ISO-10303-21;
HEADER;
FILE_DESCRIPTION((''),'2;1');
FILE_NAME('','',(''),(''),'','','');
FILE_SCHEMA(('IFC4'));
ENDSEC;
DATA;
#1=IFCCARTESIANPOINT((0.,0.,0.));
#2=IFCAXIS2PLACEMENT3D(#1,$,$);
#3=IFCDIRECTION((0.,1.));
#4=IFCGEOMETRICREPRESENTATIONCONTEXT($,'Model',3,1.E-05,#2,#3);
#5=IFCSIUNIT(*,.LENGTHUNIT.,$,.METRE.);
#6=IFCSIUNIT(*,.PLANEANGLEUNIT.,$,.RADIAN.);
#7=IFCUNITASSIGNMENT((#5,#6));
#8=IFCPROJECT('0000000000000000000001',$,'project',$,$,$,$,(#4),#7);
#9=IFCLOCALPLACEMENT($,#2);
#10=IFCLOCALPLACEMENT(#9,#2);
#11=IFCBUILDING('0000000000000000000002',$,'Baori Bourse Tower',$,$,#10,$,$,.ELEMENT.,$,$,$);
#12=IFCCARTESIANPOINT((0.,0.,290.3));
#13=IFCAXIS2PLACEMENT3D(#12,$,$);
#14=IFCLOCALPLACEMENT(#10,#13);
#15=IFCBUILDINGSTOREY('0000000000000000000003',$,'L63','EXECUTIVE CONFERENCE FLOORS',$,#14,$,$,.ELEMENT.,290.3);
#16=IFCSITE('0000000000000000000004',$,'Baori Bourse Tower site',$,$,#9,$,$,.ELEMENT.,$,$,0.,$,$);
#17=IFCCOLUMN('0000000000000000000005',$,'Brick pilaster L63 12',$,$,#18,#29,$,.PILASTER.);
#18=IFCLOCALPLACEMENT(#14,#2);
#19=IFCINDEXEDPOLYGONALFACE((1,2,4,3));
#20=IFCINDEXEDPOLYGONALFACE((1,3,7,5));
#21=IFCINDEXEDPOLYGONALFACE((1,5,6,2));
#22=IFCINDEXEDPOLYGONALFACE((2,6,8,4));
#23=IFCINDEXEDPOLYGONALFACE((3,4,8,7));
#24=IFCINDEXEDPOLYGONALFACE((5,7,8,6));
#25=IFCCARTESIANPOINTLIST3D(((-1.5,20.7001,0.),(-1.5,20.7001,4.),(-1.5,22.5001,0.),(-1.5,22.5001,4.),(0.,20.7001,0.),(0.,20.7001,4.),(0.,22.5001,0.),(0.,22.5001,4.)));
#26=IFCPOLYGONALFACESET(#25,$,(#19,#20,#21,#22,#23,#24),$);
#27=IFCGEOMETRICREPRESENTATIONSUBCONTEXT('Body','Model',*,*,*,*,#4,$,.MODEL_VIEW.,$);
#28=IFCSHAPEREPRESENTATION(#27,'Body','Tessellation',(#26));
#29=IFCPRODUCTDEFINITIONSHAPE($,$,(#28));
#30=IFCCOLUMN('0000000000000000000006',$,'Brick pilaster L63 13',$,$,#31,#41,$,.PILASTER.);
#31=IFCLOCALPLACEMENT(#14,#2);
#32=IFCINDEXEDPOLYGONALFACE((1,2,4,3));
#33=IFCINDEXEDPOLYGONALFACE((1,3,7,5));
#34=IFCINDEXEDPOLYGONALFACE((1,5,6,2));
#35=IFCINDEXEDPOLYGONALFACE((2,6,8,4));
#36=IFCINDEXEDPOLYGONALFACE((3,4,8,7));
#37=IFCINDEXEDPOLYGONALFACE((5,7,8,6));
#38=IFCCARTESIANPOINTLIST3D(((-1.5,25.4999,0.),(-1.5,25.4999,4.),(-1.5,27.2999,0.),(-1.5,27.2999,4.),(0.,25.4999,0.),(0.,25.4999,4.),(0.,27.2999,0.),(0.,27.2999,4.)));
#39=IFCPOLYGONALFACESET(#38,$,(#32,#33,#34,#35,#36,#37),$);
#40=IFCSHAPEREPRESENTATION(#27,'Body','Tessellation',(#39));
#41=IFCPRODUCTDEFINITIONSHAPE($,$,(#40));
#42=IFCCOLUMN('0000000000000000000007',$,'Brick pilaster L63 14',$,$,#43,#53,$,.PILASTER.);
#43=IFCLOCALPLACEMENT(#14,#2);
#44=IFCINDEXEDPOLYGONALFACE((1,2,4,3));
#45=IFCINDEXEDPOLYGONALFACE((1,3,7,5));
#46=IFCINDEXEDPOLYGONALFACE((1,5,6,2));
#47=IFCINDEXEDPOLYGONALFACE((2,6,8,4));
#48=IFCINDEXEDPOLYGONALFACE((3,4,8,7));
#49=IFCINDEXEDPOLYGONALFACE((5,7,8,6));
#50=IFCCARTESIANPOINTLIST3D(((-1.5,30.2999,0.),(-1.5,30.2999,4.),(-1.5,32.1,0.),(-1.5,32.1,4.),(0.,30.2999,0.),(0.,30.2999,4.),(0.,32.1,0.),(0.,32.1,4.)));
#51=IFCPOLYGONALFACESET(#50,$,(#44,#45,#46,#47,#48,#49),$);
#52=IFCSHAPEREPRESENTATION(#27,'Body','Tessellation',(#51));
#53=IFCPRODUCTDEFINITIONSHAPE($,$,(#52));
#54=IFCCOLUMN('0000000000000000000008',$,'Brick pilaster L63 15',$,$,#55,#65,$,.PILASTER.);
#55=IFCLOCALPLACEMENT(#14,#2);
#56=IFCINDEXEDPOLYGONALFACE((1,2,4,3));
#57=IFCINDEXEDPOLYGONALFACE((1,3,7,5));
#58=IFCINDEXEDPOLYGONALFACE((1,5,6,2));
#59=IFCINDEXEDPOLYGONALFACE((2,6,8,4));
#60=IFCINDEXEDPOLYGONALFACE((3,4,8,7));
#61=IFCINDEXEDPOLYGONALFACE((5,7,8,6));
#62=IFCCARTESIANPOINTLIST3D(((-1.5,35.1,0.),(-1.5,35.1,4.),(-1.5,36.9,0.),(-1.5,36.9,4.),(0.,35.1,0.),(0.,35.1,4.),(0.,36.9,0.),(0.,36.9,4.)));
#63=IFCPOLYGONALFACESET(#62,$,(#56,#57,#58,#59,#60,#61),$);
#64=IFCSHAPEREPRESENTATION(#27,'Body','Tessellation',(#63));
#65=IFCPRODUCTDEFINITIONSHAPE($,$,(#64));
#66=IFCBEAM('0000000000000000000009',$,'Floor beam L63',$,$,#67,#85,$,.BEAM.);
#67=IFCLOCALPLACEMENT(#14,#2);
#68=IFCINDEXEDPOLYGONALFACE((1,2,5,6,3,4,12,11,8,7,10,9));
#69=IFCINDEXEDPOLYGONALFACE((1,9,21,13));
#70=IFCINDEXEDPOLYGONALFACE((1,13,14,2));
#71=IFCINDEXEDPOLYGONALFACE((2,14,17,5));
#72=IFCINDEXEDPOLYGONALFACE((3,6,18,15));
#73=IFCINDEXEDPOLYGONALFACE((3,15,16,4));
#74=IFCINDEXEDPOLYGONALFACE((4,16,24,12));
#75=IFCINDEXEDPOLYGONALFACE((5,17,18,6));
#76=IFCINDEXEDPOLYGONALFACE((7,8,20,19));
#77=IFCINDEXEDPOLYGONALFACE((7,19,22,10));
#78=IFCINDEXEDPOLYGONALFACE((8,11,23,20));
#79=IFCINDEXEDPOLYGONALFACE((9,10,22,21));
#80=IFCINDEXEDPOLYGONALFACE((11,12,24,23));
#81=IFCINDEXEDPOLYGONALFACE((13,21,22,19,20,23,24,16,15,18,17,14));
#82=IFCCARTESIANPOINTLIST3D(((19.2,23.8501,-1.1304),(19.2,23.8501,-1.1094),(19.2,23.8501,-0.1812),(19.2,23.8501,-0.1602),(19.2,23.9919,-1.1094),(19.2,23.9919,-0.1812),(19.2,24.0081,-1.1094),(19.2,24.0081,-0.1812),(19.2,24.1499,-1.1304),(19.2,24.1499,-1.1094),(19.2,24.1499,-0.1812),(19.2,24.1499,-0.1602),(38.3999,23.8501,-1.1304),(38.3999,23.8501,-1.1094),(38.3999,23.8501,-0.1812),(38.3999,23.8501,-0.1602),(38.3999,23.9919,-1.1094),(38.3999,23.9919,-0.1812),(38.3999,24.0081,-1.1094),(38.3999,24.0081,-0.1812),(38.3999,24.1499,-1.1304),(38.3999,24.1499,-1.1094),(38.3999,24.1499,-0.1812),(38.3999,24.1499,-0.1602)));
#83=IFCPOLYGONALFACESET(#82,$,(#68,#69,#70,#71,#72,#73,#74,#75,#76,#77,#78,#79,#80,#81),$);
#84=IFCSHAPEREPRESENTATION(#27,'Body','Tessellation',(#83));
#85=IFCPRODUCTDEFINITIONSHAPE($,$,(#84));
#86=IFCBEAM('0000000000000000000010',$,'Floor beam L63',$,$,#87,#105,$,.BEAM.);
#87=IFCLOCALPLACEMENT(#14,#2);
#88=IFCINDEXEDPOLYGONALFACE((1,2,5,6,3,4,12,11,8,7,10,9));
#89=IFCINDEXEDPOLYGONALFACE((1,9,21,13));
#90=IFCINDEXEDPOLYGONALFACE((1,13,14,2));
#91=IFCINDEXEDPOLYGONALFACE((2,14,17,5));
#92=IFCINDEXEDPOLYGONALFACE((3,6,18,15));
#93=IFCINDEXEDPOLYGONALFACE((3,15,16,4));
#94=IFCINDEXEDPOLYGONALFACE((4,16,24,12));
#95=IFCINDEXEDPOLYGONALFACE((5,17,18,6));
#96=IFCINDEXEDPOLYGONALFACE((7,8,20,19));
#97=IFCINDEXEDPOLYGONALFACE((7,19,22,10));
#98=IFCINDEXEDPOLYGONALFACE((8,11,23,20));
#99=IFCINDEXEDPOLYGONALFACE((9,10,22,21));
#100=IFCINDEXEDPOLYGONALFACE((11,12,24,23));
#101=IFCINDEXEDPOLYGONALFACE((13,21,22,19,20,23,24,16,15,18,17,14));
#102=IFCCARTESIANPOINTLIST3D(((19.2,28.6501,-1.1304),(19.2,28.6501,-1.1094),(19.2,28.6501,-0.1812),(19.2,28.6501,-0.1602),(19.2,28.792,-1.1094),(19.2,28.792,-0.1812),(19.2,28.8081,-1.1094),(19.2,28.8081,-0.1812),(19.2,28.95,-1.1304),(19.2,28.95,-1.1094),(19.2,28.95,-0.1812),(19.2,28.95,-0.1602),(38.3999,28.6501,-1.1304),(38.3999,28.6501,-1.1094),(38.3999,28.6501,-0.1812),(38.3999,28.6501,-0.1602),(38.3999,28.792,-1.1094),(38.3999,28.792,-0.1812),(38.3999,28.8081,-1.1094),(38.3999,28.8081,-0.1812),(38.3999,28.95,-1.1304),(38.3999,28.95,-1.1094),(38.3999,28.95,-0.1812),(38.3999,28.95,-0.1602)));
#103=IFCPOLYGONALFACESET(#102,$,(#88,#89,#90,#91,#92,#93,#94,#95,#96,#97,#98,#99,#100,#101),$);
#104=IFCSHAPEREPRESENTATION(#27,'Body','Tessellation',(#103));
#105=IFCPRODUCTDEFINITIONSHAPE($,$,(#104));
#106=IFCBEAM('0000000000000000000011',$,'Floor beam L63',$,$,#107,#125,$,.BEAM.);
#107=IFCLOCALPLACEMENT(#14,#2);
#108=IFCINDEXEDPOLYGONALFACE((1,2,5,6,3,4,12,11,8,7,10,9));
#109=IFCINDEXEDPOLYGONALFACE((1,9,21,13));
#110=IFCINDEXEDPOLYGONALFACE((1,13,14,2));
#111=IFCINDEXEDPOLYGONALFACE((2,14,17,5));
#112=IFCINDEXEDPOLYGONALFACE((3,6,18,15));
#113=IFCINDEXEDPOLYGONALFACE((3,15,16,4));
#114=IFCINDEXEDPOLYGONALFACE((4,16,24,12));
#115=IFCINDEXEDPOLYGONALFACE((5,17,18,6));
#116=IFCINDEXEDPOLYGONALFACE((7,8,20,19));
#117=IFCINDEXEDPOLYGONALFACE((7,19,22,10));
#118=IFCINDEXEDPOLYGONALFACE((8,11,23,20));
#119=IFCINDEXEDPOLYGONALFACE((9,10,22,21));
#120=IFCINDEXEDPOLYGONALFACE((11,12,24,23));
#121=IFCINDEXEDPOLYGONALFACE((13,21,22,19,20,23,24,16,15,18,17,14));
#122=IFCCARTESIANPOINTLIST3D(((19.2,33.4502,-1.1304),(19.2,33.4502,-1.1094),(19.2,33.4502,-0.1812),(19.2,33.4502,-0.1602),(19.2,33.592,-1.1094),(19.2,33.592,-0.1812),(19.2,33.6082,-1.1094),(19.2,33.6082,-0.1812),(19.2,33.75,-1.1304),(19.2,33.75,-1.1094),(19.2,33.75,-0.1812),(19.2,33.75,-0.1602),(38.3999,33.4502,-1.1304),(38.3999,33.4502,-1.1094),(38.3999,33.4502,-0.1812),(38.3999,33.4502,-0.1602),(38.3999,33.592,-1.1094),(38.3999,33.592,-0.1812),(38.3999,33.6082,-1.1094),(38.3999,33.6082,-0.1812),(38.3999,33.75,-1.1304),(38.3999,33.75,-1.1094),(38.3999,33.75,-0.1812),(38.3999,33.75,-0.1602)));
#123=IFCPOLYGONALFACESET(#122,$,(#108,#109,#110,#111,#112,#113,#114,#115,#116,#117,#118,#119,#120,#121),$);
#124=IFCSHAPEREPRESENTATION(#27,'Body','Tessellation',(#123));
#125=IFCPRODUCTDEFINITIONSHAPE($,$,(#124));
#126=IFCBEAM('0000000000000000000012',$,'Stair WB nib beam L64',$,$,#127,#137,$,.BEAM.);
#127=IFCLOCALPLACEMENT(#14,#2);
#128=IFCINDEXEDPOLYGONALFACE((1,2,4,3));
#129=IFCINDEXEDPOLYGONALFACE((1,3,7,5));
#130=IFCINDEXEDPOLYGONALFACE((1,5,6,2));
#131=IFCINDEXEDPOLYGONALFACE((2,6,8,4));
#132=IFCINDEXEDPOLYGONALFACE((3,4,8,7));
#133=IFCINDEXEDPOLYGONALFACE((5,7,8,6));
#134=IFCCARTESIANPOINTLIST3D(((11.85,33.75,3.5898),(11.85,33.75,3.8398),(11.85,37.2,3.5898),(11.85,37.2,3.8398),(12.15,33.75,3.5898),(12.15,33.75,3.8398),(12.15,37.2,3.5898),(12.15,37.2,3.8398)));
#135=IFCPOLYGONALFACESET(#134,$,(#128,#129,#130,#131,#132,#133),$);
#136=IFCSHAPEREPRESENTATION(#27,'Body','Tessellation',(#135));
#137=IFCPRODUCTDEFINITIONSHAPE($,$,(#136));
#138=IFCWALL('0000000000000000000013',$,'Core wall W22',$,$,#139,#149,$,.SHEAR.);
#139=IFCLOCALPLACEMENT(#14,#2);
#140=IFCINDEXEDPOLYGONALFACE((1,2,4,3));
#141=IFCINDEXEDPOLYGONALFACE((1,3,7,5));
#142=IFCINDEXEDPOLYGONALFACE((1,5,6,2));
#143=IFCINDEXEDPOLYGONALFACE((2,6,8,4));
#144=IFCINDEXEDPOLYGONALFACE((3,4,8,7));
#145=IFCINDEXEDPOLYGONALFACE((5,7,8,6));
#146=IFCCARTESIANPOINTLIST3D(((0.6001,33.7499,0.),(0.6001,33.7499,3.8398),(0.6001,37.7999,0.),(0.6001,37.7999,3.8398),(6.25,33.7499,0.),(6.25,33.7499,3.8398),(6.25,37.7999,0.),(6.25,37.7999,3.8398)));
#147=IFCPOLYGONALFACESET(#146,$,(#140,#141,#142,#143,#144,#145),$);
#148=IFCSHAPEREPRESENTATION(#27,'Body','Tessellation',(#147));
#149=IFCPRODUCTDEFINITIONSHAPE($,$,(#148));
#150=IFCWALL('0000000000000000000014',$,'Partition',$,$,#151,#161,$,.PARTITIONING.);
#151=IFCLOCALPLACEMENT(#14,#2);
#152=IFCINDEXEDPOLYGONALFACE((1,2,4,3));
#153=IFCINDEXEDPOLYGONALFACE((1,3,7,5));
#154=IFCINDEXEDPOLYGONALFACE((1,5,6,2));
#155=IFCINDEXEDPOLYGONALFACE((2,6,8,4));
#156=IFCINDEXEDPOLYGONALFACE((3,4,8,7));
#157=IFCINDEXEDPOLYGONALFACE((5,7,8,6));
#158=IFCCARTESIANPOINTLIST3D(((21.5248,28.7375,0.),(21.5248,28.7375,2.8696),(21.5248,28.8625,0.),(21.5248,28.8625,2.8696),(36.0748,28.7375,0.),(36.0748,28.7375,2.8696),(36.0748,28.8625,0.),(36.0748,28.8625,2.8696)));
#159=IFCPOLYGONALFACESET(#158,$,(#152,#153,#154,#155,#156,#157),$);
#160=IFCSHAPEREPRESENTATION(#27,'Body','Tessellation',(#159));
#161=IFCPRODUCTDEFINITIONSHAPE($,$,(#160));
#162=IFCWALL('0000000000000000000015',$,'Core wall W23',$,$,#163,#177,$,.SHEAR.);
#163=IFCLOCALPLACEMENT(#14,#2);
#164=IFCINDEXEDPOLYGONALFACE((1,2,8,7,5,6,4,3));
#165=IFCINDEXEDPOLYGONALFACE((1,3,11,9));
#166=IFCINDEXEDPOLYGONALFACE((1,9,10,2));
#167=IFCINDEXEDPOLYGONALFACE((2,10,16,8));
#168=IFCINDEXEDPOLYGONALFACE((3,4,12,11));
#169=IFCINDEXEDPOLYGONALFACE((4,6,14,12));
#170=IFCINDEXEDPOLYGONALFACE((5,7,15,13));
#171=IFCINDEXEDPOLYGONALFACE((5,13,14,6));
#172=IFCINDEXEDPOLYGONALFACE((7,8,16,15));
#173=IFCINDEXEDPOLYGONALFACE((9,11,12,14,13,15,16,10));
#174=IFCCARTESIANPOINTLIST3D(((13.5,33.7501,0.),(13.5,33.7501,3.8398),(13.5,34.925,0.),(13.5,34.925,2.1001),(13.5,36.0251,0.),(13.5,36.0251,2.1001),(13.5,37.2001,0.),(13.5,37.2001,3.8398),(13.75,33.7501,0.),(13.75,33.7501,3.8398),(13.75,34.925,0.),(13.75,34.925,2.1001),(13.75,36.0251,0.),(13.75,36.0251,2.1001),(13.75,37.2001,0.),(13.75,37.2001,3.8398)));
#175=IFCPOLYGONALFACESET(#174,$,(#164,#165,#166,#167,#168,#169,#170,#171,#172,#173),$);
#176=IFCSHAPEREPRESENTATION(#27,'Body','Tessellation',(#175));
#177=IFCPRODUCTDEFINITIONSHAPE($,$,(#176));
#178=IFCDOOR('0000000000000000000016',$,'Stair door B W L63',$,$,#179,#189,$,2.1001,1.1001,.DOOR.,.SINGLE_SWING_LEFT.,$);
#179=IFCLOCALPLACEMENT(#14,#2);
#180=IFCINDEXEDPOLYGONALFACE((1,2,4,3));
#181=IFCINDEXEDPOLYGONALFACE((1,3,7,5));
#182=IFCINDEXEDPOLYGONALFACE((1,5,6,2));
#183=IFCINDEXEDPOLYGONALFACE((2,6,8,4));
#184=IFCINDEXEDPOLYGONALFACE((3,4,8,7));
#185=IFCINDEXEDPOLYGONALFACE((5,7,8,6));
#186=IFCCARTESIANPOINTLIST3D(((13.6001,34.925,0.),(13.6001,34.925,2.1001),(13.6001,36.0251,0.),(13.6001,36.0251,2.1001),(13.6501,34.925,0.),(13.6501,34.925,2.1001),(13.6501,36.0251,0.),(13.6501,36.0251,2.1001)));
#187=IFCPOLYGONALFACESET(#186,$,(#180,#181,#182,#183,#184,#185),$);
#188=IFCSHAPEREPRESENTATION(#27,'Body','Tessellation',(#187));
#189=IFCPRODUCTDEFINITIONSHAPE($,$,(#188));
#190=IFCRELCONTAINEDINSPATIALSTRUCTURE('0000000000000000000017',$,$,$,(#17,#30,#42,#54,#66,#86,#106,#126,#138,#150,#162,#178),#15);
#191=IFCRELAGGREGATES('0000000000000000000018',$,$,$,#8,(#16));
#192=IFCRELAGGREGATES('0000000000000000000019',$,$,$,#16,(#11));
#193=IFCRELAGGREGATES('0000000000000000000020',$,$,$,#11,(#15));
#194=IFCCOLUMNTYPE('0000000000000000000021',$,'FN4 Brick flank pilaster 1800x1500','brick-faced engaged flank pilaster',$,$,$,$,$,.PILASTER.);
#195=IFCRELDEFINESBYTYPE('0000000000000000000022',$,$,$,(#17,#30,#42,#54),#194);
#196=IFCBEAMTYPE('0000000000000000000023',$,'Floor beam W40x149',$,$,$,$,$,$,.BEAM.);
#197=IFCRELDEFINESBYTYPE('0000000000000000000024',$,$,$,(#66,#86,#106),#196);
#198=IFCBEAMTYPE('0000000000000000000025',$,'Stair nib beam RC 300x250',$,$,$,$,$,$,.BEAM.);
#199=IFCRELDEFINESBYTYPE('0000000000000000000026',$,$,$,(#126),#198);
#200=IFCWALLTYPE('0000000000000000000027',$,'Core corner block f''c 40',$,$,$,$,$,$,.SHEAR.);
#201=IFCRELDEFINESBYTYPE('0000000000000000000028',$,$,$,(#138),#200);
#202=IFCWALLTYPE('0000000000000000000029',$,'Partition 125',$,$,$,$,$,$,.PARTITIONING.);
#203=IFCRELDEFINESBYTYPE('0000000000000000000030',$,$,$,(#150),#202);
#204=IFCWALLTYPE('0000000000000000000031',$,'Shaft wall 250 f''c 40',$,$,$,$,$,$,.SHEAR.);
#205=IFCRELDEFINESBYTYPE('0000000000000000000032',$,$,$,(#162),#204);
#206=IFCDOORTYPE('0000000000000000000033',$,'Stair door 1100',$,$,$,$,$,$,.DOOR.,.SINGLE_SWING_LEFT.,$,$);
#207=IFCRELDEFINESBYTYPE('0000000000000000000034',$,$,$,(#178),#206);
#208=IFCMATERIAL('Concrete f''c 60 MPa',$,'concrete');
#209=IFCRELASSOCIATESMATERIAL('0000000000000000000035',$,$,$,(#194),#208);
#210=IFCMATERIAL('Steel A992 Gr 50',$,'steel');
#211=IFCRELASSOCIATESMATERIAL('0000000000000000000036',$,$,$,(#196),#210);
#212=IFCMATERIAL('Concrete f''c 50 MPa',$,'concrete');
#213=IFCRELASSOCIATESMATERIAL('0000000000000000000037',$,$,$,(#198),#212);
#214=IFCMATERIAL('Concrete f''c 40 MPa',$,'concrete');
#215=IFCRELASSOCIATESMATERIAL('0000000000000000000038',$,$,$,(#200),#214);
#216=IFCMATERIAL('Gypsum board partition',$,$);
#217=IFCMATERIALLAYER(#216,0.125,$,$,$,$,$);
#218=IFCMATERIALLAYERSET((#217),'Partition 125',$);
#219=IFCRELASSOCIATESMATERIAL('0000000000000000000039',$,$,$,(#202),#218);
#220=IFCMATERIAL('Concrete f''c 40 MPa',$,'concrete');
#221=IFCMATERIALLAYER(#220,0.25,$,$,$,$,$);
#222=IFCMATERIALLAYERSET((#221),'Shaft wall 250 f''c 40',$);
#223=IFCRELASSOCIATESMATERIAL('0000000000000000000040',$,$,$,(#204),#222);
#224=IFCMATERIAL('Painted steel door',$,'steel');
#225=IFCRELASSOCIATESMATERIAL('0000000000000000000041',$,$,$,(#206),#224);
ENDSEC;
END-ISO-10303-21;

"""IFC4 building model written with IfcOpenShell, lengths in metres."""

from ifc_helpers import new_model, si_unit, direction, frame, frame_2d, origin, origin_2d, place, context, subcontext, project, spatial, rectangle, i_section, extrude, material, layer, layer_set, material_profile, profile_set, type_object, element, fill, save


model = new_model("IFC4")

# Units and contexts
model_context = context("Model", 3, precision=1e-05, world=origin(), true_north=direction((0.0, 1.0)))
body_context = subcontext(model_context, "Body", "Model", "MODEL_VIEW")
ifc_project = project(units=[si_unit("LENGTHUNIT", "METRE"), si_unit("PLANEANGLEUNIT", "RADIAN")], contexts=[model_context])

# Site, building, storey
site_placement = place(None, origin())
site = spatial("IfcSite", under=ifc_project, at=site_placement, Name="Baori Bourse Tower site", CompositionType="ELEMENT", RefElevation=0.0)
building_placement = place(site_placement, origin())
building = spatial("IfcBuilding", under=site, at=building_placement, Name="Baori Bourse Tower", CompositionType="ELEMENT")
storey_placement = place(building_placement, frame((0.0, 0.0, 290.3)))
storey = spatial("IfcBuildingStorey", under=building, at=storey_placement, Name="L63", Description="EXECUTIVE CONFERENCE FLOORS", CompositionType="ELEMENT", Elevation=290.3)

# Columns
ifc_material_1 = material(Name="Concrete f'c 60 MPa", Category="concrete")
ifc_material_profile_1 = material_profile(ifc_material_1, rectangle(XDim=1.8, YDim=1.5, at=origin_2d()), Name="RC 1800x1500")
ifc_profile_set_1 = profile_set([ifc_material_profile_1], Name="Concrete f'c 60 MPa")
column_type = type_object("IfcColumnType", Name="FN4 Brick flank pilaster 1800x1500", Description="brick-faced engaged flank pilaster", PredefinedType="PILASTER", material=ifc_profile_set_1)
for number, where, z_axis, x_axis, name in (
    (1, (-0.75, 21.6001, 0.0), (0.0, 0.0, 1.0), (0.0, 1.0, 0.0), "Brick pilaster L63 12"),
    (2, (-0.75, 26.3999, 0.0), (0.0, 0.0, 1.0), (0.0, 1.0, 0.0), "Brick pilaster L63 13"),
    (3, (-0.75, 31.2, 0.0), (0.0, 0.0, 1.0), (0.0, 1.0, 0.0), "Brick pilaster L63 14"),
    (4, (-0.75, 36.0, 0.0), (0.0, 0.0, 1.0), (0.0, 1.0, 0.0), "Brick pilaster L63 15"),
):
    element("IfcColumn", number, at=place(storey_placement, frame(where, z_axis=z_axis, x_axis=x_axis)), inside=storey, type_object=column_type, Name=name, PredefinedType="PILASTER", context=body_context, shape_type="SweptSolid", body=[
        extrude(rectangle(XDim=1.8, YDim=1.5, at=origin_2d()), origin(), (0.0, 0.0, 1.0), 4.0),
    ])

# Beams
ifc_material_2 = material(Name="Steel A992 Gr 50", Category="steel")
ifc_material_profile_2 = material_profile(ifc_material_2, i_section(OverallWidth=0.2998, OverallDepth=0.9702, WebThickness=0.0161, FlangeThickness=0.021, at=origin_2d()), Name="W40x149")
ifc_profile_set_2 = profile_set([ifc_material_profile_2], Name="Steel A992 Gr 50")
beam_type_1 = type_object("IfcBeamType", Name="Floor beam W40x149", PredefinedType="BEAM", material=ifc_profile_set_2)
for number, where, z_axis, x_axis, name in (
    (5, (19.2, 24.0, -0.6453), (1.0, 0.0, 0.0), (0.0, 1.0, 0.0), "Floor beam L63"),
    (6, (19.2, 28.8, -0.6453), (1.0, 0.0, 0.0), (0.0, 1.0, 0.0), "Floor beam L63"),
    (7, (19.2, 33.6001, -0.6453), (1.0, 0.0, 0.0), (0.0, 1.0, 0.0), "Floor beam L63"),
):
    element("IfcBeam", number, at=place(storey_placement, frame(where, z_axis=z_axis, x_axis=x_axis)), inside=storey, type_object=beam_type_1, Name=name, PredefinedType="BEAM", context=body_context, shape_type="SweptSolid", body=[
        extrude(i_section(OverallWidth=0.2998, OverallDepth=0.9702, WebThickness=0.0161, FlangeThickness=0.021, at=origin_2d()), origin(), (0.0, 0.0, 1.0), 19.2),
    ])
ifc_material_3 = material(Name="Concrete f'c 50 MPa", Category="concrete")
ifc_material_profile_3 = material_profile(ifc_material_3, rectangle(XDim=0.3, YDim=0.25, at=origin_2d()), Name="RC 300x250")
ifc_profile_set_3 = profile_set([ifc_material_profile_3], Name="Concrete f'c 50 MPa")
beam_type_2 = type_object("IfcBeamType", Name="Stair nib beam RC 300x250", PredefinedType="BEAM", material=ifc_profile_set_3)
beam_placement = place(storey_placement, frame((12.0, 33.75, 3.7148), z_axis=(0.0, 1.0, 0.0), x_axis=(-1.0, 0.0, 0.0)))
element("IfcBeam", 8, at=beam_placement, inside=storey, type_object=beam_type_2, Name="Stair WB nib beam L64", PredefinedType="BEAM", context=body_context, shape_type="SweptSolid", body=[
    extrude(rectangle(XDim=0.3, YDim=0.25, at=origin_2d()), origin(), (0.0, 0.0, 1.0), 3.45),
])

# Walls
ifc_material_4 = material(Name="Concrete f'c 40 MPa", Category="concrete")
wall_type_1 = type_object("IfcWallType", Name="Core corner block f'c 40", PredefinedType="SHEAR", material=ifc_material_4)
wall_1_placement = place(storey_placement, frame((0.6001, 35.7749, 0.0), z_axis=(0.0, 0.0, 1.0), x_axis=(1.0, 0.0, 0.0)))
element("IfcWall", 9, at=wall_1_placement, inside=storey, type_object=wall_type_1, Name="Core wall W22", PredefinedType="SHEAR", context=body_context, shape_type="SweptSolid", body=[
    extrude(rectangle(XDim=5.6499, YDim=4.05, at=frame_2d((2.825, 0.0))), origin(), (0.0, 0.0, 1.0), 3.8398),
])
ifc_material_5 = material(Name="Gypsum board partition")
ifc_layer_1 = layer(ifc_material_5, 0.125)
ifc_layer_set_1 = layer_set([ifc_layer_1], Name="Partition 125")
wall_type_2 = type_object("IfcWallType", Name="Partition 125", PredefinedType="PARTITIONING", material=ifc_layer_set_1)
wall_2_placement = place(storey_placement, frame((21.5249, 28.8, 0.0), z_axis=(0.0, 0.0, 1.0), x_axis=(1.0, 0.0, 0.0)))
element("IfcWall", 10, at=wall_2_placement, inside=storey, type_object=wall_type_2, Name="Partition", PredefinedType="PARTITIONING", context=body_context, shape_type="SweptSolid", body=[
    extrude(rectangle(XDim=14.55, YDim=0.125, at=frame_2d((7.2749, 0.0))), origin(), (0.0, 0.0, 1.0), 2.8696),
])

# Wall, opening, door
ifc_material_6 = material(Name="Concrete f'c 40 MPa", Category="concrete")
ifc_layer_2 = layer(ifc_material_6, 0.25)
ifc_layer_set_2 = layer_set([ifc_layer_2], Name="Shaft wall 250 f'c 40")
wall_type_3 = type_object("IfcWallType", Name="Shaft wall 250 f'c 40", PredefinedType="SHEAR", material=ifc_layer_set_2)
wall_3_placement = place(storey_placement, frame((13.625, 33.75, 0.0), z_axis=(0.0, 0.0, 1.0), x_axis=(0.0, 1.0, 0.0)))
wall_3 = element("IfcWall", 11, at=wall_3_placement, inside=storey, type_object=wall_type_3, Name="Core wall W23", PredefinedType="SHEAR", context=body_context, shape_type="SweptSolid", body=[
    extrude(rectangle(XDim=3.45, YDim=0.25, at=frame_2d((1.7251, 0.0))), origin(), (0.0, 0.0, 1.0), 3.8398),
])
opening_1_placement = place(wall_3_placement, frame((1.175, 0.0, 0.0)))
opening_1 = element("IfcOpeningElement", 12, at=opening_1_placement, cuts=wall_3, PredefinedType="OPENING", context=body_context, shape_type="SweptSolid", body=[
    extrude(rectangle(XDim=1.1001, YDim=2.1001, at=frame_2d((0.55, 1.05))), frame((0.0, 0.135, 0.0), z_axis=(0.0, -1.0, 0.0), x_axis=(1.0, 0.0, 0.0)), (0.0, 0.0, 1.0), 0.27),
])
ifc_material_7 = material(Name="Painted steel door", Category="steel")
door_type_1 = type_object("IfcDoorType", Name="Stair door 1100", OperationType="SINGLE_SWING_LEFT", PredefinedType="DOOR", material=ifc_material_7)
door_1_placement = place(opening_1_placement, origin())
door_1 = element("IfcDoor", 13, at=door_1_placement, inside=storey, type_object=door_type_1, Name="Stair door B W L63", OperationType="SINGLE_SWING_LEFT", OverallHeight=2.1001, OverallWidth=1.1001, PredefinedType="DOOR", context=body_context, shape_type="SweptSolid", body=[
    extrude(rectangle(XDim=1.1001, YDim=2.1001, at=frame_2d((0.55, 1.05))), frame((0.0, 0.0249, 0.0), z_axis=(0.0, -1.0, 0.0), x_axis=(1.0, 0.0, 0.0)), (0.0, 0.0, 1.0), 0.05),
])
fill(opening_1, door_1)

save(model, "model.ifc")
